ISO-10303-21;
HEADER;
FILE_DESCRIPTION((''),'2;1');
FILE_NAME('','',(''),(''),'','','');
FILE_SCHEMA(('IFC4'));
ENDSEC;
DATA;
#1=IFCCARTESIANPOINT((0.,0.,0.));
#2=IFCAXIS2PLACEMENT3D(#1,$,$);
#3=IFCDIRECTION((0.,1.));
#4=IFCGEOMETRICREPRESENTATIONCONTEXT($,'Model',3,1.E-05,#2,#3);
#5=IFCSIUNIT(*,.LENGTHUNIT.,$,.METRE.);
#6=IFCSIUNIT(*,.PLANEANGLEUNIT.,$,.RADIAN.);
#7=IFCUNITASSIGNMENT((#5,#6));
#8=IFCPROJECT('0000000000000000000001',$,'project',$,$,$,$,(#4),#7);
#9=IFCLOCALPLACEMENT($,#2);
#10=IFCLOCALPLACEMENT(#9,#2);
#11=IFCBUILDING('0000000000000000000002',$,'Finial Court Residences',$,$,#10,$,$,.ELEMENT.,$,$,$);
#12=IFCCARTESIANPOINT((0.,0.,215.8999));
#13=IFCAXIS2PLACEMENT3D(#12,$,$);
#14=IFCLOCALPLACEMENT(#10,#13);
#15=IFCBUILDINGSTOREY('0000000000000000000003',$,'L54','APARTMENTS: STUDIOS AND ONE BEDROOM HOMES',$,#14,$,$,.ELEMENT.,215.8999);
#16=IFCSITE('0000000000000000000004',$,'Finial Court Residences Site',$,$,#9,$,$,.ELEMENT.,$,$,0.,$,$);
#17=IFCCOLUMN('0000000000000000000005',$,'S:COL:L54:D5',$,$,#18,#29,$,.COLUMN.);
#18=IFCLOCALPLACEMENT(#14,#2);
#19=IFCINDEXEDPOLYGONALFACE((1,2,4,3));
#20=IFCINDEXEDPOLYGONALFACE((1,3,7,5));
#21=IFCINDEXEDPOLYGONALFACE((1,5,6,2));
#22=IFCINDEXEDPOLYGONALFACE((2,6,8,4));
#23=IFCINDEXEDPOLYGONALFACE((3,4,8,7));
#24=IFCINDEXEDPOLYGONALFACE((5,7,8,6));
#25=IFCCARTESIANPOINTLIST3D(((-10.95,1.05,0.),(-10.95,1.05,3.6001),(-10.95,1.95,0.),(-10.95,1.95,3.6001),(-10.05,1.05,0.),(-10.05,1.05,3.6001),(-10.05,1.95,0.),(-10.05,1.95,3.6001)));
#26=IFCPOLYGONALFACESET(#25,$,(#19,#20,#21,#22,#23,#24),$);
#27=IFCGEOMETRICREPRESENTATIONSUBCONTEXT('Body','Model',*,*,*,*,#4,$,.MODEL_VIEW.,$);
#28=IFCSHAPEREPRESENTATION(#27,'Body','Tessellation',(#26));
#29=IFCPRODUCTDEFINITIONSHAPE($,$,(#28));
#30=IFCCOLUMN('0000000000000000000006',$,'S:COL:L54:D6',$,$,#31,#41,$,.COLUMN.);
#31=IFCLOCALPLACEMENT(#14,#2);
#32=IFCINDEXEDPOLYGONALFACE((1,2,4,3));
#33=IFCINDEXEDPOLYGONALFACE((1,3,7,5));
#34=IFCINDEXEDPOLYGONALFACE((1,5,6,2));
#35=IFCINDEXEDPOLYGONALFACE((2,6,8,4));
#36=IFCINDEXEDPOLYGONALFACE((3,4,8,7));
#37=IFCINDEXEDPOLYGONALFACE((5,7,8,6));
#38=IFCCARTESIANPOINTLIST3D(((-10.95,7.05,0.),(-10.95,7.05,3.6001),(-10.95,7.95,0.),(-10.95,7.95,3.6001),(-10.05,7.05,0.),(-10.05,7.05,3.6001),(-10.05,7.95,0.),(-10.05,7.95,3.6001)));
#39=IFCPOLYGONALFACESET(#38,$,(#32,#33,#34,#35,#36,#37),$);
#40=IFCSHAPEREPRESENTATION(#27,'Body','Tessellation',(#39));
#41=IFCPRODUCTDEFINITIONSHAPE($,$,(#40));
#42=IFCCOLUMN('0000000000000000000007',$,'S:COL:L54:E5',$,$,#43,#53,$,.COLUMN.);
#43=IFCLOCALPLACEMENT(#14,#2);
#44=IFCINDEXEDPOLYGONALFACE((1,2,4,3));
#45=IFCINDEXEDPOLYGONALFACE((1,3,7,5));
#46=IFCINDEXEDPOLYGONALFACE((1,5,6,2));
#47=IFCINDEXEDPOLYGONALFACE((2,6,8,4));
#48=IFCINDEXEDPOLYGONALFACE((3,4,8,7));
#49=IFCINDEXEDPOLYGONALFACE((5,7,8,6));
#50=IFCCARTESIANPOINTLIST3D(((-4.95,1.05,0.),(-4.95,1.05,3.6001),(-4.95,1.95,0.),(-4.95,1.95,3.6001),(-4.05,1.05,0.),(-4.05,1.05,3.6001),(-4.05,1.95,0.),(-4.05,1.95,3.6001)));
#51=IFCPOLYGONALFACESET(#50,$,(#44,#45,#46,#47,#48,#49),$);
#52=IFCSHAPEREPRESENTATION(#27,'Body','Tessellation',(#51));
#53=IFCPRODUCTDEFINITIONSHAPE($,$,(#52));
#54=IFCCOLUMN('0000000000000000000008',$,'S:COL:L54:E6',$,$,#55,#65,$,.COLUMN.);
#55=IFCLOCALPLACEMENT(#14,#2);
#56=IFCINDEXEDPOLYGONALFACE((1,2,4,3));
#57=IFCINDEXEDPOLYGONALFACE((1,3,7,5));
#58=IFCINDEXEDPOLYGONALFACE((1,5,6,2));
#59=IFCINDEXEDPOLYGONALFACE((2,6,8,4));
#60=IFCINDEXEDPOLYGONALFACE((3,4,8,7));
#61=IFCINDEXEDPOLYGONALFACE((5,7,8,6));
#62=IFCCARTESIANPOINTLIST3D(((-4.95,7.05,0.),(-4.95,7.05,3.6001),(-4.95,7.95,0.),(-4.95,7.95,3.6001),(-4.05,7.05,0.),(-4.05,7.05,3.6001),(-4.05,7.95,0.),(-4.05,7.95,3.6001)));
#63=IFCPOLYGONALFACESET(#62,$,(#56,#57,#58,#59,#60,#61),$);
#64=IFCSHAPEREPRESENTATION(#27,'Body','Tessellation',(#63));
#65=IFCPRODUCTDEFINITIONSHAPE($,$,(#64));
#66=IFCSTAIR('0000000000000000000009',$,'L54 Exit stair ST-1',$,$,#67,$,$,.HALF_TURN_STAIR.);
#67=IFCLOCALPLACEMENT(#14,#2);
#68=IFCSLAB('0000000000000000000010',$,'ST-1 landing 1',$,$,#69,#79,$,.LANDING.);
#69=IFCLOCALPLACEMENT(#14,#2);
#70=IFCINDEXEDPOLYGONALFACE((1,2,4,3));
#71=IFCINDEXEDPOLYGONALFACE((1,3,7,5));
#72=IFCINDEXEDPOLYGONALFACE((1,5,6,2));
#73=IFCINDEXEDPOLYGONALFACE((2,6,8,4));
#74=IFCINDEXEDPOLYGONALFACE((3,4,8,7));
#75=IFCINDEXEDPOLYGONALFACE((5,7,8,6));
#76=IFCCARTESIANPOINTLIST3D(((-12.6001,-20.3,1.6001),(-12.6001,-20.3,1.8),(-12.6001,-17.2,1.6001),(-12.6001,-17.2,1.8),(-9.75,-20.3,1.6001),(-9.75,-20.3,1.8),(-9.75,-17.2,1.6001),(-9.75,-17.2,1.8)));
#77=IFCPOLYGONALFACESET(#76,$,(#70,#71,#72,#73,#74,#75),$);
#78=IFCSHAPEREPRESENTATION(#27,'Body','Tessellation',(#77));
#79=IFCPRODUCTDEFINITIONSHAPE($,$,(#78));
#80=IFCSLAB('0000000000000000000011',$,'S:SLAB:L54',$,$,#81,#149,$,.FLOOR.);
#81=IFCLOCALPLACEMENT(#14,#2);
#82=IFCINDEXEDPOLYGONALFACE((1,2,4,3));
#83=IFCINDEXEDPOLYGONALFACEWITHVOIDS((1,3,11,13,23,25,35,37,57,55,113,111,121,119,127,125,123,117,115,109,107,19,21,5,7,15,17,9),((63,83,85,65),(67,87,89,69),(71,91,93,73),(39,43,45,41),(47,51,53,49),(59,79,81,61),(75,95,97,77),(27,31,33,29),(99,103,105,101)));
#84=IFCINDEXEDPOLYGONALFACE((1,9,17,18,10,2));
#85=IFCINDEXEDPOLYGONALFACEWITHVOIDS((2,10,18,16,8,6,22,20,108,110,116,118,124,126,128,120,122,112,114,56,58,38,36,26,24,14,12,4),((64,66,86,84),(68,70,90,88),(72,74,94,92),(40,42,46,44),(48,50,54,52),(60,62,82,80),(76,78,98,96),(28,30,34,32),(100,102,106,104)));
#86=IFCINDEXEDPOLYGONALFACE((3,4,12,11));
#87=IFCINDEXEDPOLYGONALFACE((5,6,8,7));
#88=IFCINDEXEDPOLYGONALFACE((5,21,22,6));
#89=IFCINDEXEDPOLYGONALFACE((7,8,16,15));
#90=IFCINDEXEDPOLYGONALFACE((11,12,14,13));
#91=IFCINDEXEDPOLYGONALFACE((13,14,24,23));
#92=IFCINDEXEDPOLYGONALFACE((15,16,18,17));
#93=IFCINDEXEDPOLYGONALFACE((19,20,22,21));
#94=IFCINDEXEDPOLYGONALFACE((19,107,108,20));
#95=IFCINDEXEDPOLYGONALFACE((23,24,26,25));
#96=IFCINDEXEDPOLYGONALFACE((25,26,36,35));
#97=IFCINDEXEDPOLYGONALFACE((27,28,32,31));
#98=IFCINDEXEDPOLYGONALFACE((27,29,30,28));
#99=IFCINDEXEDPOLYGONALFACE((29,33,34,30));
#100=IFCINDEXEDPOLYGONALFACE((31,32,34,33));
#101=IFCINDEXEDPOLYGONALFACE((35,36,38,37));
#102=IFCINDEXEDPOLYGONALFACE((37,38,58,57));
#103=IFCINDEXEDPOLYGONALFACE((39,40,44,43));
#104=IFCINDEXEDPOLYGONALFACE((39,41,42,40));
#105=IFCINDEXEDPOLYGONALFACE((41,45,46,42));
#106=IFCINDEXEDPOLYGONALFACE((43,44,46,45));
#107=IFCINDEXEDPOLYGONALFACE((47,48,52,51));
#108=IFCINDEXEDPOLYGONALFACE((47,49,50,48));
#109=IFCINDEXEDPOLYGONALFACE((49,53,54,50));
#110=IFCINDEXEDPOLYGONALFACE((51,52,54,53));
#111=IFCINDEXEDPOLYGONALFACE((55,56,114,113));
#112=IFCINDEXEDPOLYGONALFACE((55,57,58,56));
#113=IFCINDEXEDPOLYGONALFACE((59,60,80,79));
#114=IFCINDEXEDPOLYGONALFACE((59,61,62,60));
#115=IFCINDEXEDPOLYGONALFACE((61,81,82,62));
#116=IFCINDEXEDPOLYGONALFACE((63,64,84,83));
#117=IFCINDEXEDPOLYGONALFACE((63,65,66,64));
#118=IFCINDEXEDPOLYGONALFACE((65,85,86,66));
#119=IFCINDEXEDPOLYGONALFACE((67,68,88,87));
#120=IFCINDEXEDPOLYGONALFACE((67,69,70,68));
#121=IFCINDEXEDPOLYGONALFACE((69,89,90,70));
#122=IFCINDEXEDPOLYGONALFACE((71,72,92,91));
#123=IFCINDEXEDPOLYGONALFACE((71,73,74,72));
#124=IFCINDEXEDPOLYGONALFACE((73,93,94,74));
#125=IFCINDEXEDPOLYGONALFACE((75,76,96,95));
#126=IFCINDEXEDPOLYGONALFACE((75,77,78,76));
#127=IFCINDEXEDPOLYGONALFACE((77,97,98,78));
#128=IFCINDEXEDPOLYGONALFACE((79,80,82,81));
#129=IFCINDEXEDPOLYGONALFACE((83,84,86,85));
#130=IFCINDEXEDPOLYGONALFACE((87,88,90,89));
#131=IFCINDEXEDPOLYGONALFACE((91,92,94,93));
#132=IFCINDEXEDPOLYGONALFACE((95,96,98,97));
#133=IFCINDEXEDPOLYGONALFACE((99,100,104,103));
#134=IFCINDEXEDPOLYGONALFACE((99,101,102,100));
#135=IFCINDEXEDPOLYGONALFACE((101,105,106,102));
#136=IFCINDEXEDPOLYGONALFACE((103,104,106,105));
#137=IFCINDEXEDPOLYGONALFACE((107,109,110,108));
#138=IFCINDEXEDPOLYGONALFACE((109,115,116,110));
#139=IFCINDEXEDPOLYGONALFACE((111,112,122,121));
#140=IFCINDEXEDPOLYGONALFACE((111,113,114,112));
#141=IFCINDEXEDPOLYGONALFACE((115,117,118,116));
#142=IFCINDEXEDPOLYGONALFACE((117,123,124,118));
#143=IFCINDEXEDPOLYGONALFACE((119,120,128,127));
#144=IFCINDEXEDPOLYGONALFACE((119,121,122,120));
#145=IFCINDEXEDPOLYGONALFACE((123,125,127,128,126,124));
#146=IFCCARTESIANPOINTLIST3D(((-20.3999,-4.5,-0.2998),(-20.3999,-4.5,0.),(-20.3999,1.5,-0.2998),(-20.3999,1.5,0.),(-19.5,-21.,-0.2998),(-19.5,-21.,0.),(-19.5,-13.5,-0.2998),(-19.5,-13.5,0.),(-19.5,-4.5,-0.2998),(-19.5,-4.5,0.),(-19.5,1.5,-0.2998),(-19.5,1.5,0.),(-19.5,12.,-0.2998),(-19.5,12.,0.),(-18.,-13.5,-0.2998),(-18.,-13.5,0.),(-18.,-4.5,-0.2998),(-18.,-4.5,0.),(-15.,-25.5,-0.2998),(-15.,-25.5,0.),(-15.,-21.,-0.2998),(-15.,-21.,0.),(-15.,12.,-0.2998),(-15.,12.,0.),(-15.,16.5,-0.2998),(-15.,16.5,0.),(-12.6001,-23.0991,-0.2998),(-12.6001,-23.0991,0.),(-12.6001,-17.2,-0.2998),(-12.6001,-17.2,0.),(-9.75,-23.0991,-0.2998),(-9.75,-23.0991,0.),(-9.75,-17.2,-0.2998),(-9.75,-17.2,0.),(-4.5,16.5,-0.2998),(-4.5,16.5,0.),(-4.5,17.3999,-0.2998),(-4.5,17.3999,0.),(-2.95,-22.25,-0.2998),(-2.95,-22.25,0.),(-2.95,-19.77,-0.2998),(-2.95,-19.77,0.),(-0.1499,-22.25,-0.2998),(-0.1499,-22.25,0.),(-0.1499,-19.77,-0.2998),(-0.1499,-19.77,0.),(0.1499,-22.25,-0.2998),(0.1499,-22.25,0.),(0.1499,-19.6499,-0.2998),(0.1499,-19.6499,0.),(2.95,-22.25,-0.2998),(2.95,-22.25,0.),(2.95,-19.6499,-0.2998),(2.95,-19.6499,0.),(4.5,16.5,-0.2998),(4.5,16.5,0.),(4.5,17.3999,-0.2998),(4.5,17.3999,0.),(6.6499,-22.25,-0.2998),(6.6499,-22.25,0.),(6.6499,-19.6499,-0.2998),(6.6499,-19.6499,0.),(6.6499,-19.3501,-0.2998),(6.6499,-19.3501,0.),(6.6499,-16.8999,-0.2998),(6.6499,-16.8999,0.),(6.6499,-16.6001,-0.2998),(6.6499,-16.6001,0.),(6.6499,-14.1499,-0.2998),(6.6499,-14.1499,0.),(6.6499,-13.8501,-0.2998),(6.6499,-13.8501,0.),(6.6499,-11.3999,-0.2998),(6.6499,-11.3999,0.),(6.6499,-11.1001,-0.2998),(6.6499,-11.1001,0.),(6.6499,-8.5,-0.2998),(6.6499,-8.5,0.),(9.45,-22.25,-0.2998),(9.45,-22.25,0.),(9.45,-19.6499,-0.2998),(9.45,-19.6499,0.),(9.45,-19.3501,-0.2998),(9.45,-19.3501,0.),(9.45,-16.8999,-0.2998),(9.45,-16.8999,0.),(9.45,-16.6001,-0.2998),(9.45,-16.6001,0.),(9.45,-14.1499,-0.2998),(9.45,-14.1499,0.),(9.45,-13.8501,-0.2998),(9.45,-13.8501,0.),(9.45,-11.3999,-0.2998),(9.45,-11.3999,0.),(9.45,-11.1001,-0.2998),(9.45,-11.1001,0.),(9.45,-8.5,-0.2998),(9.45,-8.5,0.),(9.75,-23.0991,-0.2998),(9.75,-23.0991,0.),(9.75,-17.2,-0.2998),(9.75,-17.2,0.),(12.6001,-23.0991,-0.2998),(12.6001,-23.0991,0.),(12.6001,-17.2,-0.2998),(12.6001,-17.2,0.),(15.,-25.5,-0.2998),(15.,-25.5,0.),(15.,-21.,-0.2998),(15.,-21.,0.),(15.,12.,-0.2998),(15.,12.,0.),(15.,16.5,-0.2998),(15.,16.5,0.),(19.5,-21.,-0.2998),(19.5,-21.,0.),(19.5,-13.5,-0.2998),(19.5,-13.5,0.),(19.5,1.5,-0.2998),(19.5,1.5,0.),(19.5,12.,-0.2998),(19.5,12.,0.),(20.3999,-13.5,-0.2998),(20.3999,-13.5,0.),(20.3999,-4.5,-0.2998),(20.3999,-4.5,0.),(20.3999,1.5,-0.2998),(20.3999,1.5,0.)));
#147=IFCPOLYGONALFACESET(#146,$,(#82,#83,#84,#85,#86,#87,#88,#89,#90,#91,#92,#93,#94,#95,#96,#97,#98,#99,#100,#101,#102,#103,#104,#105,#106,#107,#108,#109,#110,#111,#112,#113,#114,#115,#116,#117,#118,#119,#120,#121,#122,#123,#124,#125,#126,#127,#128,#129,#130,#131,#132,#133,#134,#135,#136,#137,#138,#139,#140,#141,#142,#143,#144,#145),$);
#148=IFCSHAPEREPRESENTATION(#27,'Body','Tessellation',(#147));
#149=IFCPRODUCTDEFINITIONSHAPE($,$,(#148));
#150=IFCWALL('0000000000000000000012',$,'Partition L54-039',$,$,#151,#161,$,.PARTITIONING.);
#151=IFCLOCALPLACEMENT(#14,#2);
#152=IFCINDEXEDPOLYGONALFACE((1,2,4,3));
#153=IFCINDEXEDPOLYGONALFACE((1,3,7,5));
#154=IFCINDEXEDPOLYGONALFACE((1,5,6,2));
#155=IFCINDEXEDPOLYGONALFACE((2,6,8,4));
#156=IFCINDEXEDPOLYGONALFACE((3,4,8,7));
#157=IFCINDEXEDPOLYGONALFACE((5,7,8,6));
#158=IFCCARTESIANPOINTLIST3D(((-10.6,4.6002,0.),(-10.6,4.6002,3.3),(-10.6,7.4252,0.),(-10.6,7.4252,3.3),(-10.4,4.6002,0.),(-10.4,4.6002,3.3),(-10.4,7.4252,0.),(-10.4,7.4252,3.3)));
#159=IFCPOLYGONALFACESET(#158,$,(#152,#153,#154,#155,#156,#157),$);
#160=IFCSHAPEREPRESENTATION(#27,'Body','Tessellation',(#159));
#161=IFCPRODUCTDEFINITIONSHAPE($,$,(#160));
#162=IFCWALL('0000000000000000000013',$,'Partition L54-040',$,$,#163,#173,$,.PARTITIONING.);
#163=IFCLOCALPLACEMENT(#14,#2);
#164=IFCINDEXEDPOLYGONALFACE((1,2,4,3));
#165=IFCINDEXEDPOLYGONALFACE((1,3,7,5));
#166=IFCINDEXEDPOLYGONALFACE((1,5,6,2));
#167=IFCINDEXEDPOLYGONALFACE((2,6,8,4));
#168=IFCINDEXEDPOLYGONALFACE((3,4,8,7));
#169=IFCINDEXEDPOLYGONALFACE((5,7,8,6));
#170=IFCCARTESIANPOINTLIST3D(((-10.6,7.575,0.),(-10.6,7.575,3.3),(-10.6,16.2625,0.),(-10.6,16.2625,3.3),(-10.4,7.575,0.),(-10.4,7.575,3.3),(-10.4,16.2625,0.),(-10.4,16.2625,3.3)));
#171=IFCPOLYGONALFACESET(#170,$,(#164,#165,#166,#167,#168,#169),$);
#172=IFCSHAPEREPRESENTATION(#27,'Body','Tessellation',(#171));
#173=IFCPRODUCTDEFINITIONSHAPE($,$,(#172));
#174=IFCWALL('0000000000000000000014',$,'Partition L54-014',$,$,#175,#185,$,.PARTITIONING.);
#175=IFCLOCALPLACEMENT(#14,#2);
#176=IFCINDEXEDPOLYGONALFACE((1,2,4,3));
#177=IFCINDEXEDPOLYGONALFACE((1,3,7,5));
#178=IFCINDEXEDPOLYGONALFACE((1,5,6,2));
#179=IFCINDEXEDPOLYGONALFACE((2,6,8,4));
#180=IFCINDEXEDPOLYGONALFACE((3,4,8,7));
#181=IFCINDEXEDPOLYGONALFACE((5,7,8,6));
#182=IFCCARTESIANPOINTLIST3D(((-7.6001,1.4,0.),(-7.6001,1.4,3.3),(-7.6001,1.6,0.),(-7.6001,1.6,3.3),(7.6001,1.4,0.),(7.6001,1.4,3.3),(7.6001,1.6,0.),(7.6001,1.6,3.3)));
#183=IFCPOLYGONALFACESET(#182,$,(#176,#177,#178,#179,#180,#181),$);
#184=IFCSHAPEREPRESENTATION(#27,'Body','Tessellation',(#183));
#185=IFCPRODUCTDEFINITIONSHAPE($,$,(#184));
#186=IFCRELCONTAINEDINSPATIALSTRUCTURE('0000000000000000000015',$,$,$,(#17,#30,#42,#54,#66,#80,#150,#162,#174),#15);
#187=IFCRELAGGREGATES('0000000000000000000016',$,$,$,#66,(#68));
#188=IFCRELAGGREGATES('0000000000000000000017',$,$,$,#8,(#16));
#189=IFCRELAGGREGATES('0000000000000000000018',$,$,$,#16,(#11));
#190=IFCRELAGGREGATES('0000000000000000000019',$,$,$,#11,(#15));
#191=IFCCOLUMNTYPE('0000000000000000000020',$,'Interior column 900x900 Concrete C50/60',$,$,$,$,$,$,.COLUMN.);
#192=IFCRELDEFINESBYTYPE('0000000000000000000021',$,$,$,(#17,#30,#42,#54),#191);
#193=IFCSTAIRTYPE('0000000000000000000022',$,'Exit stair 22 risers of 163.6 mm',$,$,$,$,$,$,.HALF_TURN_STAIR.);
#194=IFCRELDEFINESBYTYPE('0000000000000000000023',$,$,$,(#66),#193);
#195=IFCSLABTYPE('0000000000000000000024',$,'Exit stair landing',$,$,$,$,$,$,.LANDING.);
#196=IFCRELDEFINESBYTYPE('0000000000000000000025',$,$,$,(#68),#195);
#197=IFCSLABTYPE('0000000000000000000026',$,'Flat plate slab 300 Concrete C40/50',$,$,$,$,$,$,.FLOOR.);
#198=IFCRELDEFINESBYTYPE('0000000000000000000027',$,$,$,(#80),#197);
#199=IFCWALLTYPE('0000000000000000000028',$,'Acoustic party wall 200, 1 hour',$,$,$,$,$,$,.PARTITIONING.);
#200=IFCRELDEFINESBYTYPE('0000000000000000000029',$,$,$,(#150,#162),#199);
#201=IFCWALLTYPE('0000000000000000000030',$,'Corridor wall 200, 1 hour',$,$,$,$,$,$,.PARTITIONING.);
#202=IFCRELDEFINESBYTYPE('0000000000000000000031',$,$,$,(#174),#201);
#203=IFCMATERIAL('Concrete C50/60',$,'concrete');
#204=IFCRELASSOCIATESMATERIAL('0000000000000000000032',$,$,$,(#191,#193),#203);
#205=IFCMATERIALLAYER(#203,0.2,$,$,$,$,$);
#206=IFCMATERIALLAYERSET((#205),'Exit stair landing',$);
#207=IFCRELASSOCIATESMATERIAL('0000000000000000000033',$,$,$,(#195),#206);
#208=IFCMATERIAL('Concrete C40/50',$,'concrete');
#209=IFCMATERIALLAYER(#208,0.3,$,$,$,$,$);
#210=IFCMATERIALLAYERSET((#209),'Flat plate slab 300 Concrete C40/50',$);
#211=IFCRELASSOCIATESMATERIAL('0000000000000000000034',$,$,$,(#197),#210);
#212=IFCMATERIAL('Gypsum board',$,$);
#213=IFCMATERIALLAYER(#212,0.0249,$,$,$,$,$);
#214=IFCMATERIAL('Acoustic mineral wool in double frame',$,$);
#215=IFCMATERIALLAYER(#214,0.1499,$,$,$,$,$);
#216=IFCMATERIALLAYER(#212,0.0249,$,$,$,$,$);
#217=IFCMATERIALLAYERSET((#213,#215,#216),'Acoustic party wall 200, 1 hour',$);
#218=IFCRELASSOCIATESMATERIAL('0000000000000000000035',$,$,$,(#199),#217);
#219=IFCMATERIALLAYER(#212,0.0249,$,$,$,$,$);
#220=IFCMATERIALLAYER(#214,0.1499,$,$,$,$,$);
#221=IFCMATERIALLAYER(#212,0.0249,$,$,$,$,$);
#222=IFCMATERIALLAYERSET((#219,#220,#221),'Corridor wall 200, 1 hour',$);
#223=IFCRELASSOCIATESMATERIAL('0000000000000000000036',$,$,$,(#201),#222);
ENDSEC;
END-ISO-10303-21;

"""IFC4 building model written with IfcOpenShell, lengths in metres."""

from ifc_helpers import new_model, si_unit, direction, frame, frame_2d, origin, origin_2d, place, context, subcontext, project, spatial, polyline, rectangle, outline, extrude, material, layer, layer_set, material_profile, profile_set, type_object, element, aggregate, save


model = new_model("IFC4")

# Units and contexts
model_context = context("Model", 3, precision=1e-05, world=origin(), true_north=direction((0.0, 1.0)))
body_context = subcontext(model_context, "Body", "Model", "MODEL_VIEW")
ifc_project = project(units=[si_unit("LENGTHUNIT", "METRE"), si_unit("PLANEANGLEUNIT", "RADIAN")], contexts=[model_context])

# Site, building, storey
site_placement = place(None, origin())
site = spatial("IfcSite", under=ifc_project, at=site_placement, Name="Finial Court Residences Site", CompositionType="ELEMENT", RefElevation=0.0)
building_placement = place(site_placement, origin())
building = spatial("IfcBuilding", under=site, at=building_placement, Name="Finial Court Residences", CompositionType="ELEMENT")
storey_placement = place(building_placement, frame((0.0, 0.0, 215.8999)))
storey = spatial("IfcBuildingStorey", under=building, at=storey_placement, Name="L54", Description="APARTMENTS: STUDIOS AND ONE BEDROOM HOMES", CompositionType="ELEMENT", Elevation=215.8999)

# Columns
ifc_material_1 = material(Name="Concrete C50/60", Category="concrete")
ifc_material_profile = material_profile(ifc_material_1, rectangle(XDim=0.8999, YDim=0.8999, at=origin_2d()), Name="900x900")
ifc_profile_set = profile_set([ifc_material_profile], Name="Concrete C50/60")
column_type = type_object("IfcColumnType", Name="Interior column 900x900 Concrete C50/60", PredefinedType="COLUMN", material=ifc_profile_set)
for number, where, z_axis, x_axis, name in (
    (1, (-10.5, 1.5, 0.0), (0.0, 0.0, 1.0), (1.0, 0.0, 0.0), "S:COL:L54:D5"),
    (2, (-10.5, 7.5, 0.0), (0.0, 0.0, 1.0), (1.0, 0.0, 0.0), "S:COL:L54:D6"),
    (3, (-4.5, 1.5, 0.0), (0.0, 0.0, 1.0), (1.0, 0.0, 0.0), "S:COL:L54:E5"),
    (4, (-4.5, 7.5, 0.0), (0.0, 0.0, 1.0), (1.0, 0.0, 0.0), "S:COL:L54:E6"),
):
    element("IfcColumn", number, at=place(storey_placement, frame(where, z_axis=z_axis, x_axis=x_axis)), inside=storey, type_object=column_type, Name=name, PredefinedType="COLUMN", context=body_context, shape_type="SweptSolid", body=[
        extrude(rectangle(XDim=0.8999, YDim=0.8999, at=origin_2d()), origin(), (0.0, 0.0, 1.0), 3.6001),
    ])

# Stair, slab
stair_type = type_object("IfcStairType", Name="Exit stair 22 risers of 163.6 mm", PredefinedType="HALF_TURN_STAIR", material=ifc_material_1)
stair_placement = place(storey_placement, origin())
stair = element("IfcStair", 5, at=stair_placement, inside=storey, type_object=stair_type, Name="L54 Exit stair ST-1", PredefinedType="HALF_TURN_STAIR")
ifc_layer_1 = layer(ifc_material_1, 0.2)
ifc_layer_set_1 = layer_set([ifc_layer_1], Name="Exit stair landing")
slab_type_1 = type_object("IfcSlabType", Name="Exit stair landing", PredefinedType="LANDING", material=ifc_layer_set_1)
slab_1_placement = place(storey_placement, frame((0.0, 0.0, 1.6001)))
slab_1 = element("IfcSlab", 6, at=slab_1_placement, type_object=slab_type_1, Name="ST-1 landing 1", PredefinedType="LANDING", context=body_context, shape_type="SweptSolid", body=[
    extrude(outline(polyline([(-9.75, -20.3), (-9.75, -17.2), (-12.6001, -17.2), (-12.6001, -20.3), (-9.75, -20.3)])), origin(), (0.0, 0.0, 1.0), 0.2),
])
aggregate(stair, [slab_1])

# Slab
ifc_material_2 = material(Name="Concrete C40/50", Category="concrete")
ifc_layer_2 = layer(ifc_material_2, 0.3)
ifc_layer_set_2 = layer_set([ifc_layer_2], Name="Flat plate slab 300 Concrete C40/50")
slab_type_2 = type_object("IfcSlabType", Name="Flat plate slab 300 Concrete C40/50", PredefinedType="FLOOR", material=ifc_layer_set_2)
slab_2_placement = place(storey_placement, frame((0.0, 0.0, -0.2998)))
element("IfcSlab", 7, at=slab_2_placement, inside=storey, type_object=slab_type_2, Name="S:SLAB:L54", PredefinedType="FLOOR", context=body_context, shape_type="SweptSolid", body=[
    extrude(outline(polyline([(15.0, -25.5), (-15.0, -25.5), (-15.0, -21.0), (-19.5, -21.0), (-19.5, -13.5), (-18.0, -13.5), (-18.0, -4.5), (-19.5, -4.5), (-20.3999, -4.5), (-20.3999, 1.5), (-19.5, 1.5), (-19.5, 12.0), (-15.0, 12.0), (-15.0, 16.5), (-4.5, 16.5), (-4.5, 17.3999), (4.5, 17.3999), (4.5, 16.5), (15.0, 16.5), (15.0, 12.0), (19.5, 12.0), (19.5, 1.5), (20.3999, 1.5), (20.3999, -4.5), (20.3999, -13.5), (19.5, -13.5), (19.5, -21.0), (15.0, -21.0), (15.0, -25.5)]), holes=[polyline([(-0.1499, -19.77), (-2.95, -19.77), (-2.95, -22.25), (-0.1499, -22.25), (-0.1499, -19.77)]), polyline([(2.95, -19.6499), (0.1499, -19.6499), (0.1499, -22.25), (2.95, -22.25), (2.95, -19.6499)]), polyline([(9.45, -19.6499), (6.6499, -19.6499), (6.6499, -22.25), (9.45, -22.25), (9.45, -19.6499)]), polyline([(-12.6001, -17.2), (-12.6001, -23.0991), (-9.75, -23.0991), (-9.75, -17.2), (-12.6001, -17.2)]), polyline([(9.75, -17.2), (9.75, -23.0991), (12.6001, -23.0991), (12.6001, -17.2), (9.75, -17.2)]), polyline([(9.45, -16.8999), (6.6499, -16.8999), (6.6499, -19.3501), (9.45, -19.3501), (9.45, -16.8999)]), polyline([(9.45, -14.1499), (6.6499, -14.1499), (6.6499, -16.6001), (9.45, -16.6001), (9.45, -14.1499)]), polyline([(9.45, -13.8501), (9.45, -11.3999), (6.6499, -11.3999), (6.6499, -13.8501), (9.45, -13.8501)]), polyline([(9.45, -11.1001), (9.45, -8.5), (6.6499, -8.5), (6.6499, -11.1001), (9.45, -11.1001)])]), origin(), (0.0, 0.0, 1.0), 0.2998),
])

# Walls
ifc_material_3 = material(Name="Gypsum board")
ifc_layer_3 = layer(ifc_material_3, 0.0249)
ifc_material_4 = material(Name="Acoustic mineral wool in double frame")
ifc_layer_4 = layer(ifc_material_4, 0.1499)
ifc_layer_5 = layer(ifc_material_3, 0.0249)
ifc_layer_set_3 = layer_set([ifc_layer_3, ifc_layer_4, ifc_layer_5], Name="Acoustic party wall 200, 1 hour")
wall_type_1 = type_object("IfcWallType", Name="Acoustic party wall 200, 1 hour", PredefinedType="PARTITIONING", material=ifc_layer_set_3)
wall_1_placement = place(storey_placement, frame((-10.5, 4.6001, 0.0), z_axis=(0.0, 0.0, 1.0), x_axis=(0.0, 1.0, 0.0)))
element("IfcWall", 8, at=wall_1_placement, inside=storey, type_object=wall_type_1, Name="Partition L54-039", PredefinedType="PARTITIONING", context=body_context, shape_type="SweptSolid", body=[
    extrude(rectangle(XDim=2.825, YDim=0.2, at=frame_2d((1.4126, 0.0))), origin(), (0.0, 0.0, 1.0), 3.3),
])
wall_2_placement = place(storey_placement, frame((-10.5, 7.575, 0.0), z_axis=(0.0, 0.0, 1.0), x_axis=(0.0, 1.0, 0.0)))
element("IfcWall", 9, at=wall_2_placement, inside=storey, type_object=wall_type_1, Name="Partition L54-040", PredefinedType="PARTITIONING", context=body_context, shape_type="SweptSolid", body=[
    extrude(rectangle(XDim=8.6875, YDim=0.2, at=frame_2d((4.3438, 0.0))), origin(), (0.0, 0.0, 1.0), 3.3),
])
ifc_layer_6 = layer(ifc_material_3, 0.0249)
ifc_layer_7 = layer(ifc_material_4, 0.1499)
ifc_layer_8 = layer(ifc_material_3, 0.0249)
ifc_layer_set_4 = layer_set([ifc_layer_6, ifc_layer_7, ifc_layer_8], Name="Corridor wall 200, 1 hour")
wall_type_2 = type_object("IfcWallType", Name="Corridor wall 200, 1 hour", PredefinedType="PARTITIONING", material=ifc_layer_set_4)
wall_3_placement = place(storey_placement, frame((-7.6001, 1.5, 0.0), z_axis=(0.0, 0.0, 1.0), x_axis=(1.0, 0.0, 0.0)))
element("IfcWall", 10, at=wall_3_placement, inside=storey, type_object=wall_type_2, Name="Partition L54-014", PredefinedType="PARTITIONING", context=body_context, shape_type="SweptSolid", body=[
    extrude(rectangle(XDim=15.2002, YDim=0.2, at=frame_2d((7.6001, 0.0))), origin(), (0.0, 0.0, 1.0), 3.3),
])

save(model, "model.ifc")
